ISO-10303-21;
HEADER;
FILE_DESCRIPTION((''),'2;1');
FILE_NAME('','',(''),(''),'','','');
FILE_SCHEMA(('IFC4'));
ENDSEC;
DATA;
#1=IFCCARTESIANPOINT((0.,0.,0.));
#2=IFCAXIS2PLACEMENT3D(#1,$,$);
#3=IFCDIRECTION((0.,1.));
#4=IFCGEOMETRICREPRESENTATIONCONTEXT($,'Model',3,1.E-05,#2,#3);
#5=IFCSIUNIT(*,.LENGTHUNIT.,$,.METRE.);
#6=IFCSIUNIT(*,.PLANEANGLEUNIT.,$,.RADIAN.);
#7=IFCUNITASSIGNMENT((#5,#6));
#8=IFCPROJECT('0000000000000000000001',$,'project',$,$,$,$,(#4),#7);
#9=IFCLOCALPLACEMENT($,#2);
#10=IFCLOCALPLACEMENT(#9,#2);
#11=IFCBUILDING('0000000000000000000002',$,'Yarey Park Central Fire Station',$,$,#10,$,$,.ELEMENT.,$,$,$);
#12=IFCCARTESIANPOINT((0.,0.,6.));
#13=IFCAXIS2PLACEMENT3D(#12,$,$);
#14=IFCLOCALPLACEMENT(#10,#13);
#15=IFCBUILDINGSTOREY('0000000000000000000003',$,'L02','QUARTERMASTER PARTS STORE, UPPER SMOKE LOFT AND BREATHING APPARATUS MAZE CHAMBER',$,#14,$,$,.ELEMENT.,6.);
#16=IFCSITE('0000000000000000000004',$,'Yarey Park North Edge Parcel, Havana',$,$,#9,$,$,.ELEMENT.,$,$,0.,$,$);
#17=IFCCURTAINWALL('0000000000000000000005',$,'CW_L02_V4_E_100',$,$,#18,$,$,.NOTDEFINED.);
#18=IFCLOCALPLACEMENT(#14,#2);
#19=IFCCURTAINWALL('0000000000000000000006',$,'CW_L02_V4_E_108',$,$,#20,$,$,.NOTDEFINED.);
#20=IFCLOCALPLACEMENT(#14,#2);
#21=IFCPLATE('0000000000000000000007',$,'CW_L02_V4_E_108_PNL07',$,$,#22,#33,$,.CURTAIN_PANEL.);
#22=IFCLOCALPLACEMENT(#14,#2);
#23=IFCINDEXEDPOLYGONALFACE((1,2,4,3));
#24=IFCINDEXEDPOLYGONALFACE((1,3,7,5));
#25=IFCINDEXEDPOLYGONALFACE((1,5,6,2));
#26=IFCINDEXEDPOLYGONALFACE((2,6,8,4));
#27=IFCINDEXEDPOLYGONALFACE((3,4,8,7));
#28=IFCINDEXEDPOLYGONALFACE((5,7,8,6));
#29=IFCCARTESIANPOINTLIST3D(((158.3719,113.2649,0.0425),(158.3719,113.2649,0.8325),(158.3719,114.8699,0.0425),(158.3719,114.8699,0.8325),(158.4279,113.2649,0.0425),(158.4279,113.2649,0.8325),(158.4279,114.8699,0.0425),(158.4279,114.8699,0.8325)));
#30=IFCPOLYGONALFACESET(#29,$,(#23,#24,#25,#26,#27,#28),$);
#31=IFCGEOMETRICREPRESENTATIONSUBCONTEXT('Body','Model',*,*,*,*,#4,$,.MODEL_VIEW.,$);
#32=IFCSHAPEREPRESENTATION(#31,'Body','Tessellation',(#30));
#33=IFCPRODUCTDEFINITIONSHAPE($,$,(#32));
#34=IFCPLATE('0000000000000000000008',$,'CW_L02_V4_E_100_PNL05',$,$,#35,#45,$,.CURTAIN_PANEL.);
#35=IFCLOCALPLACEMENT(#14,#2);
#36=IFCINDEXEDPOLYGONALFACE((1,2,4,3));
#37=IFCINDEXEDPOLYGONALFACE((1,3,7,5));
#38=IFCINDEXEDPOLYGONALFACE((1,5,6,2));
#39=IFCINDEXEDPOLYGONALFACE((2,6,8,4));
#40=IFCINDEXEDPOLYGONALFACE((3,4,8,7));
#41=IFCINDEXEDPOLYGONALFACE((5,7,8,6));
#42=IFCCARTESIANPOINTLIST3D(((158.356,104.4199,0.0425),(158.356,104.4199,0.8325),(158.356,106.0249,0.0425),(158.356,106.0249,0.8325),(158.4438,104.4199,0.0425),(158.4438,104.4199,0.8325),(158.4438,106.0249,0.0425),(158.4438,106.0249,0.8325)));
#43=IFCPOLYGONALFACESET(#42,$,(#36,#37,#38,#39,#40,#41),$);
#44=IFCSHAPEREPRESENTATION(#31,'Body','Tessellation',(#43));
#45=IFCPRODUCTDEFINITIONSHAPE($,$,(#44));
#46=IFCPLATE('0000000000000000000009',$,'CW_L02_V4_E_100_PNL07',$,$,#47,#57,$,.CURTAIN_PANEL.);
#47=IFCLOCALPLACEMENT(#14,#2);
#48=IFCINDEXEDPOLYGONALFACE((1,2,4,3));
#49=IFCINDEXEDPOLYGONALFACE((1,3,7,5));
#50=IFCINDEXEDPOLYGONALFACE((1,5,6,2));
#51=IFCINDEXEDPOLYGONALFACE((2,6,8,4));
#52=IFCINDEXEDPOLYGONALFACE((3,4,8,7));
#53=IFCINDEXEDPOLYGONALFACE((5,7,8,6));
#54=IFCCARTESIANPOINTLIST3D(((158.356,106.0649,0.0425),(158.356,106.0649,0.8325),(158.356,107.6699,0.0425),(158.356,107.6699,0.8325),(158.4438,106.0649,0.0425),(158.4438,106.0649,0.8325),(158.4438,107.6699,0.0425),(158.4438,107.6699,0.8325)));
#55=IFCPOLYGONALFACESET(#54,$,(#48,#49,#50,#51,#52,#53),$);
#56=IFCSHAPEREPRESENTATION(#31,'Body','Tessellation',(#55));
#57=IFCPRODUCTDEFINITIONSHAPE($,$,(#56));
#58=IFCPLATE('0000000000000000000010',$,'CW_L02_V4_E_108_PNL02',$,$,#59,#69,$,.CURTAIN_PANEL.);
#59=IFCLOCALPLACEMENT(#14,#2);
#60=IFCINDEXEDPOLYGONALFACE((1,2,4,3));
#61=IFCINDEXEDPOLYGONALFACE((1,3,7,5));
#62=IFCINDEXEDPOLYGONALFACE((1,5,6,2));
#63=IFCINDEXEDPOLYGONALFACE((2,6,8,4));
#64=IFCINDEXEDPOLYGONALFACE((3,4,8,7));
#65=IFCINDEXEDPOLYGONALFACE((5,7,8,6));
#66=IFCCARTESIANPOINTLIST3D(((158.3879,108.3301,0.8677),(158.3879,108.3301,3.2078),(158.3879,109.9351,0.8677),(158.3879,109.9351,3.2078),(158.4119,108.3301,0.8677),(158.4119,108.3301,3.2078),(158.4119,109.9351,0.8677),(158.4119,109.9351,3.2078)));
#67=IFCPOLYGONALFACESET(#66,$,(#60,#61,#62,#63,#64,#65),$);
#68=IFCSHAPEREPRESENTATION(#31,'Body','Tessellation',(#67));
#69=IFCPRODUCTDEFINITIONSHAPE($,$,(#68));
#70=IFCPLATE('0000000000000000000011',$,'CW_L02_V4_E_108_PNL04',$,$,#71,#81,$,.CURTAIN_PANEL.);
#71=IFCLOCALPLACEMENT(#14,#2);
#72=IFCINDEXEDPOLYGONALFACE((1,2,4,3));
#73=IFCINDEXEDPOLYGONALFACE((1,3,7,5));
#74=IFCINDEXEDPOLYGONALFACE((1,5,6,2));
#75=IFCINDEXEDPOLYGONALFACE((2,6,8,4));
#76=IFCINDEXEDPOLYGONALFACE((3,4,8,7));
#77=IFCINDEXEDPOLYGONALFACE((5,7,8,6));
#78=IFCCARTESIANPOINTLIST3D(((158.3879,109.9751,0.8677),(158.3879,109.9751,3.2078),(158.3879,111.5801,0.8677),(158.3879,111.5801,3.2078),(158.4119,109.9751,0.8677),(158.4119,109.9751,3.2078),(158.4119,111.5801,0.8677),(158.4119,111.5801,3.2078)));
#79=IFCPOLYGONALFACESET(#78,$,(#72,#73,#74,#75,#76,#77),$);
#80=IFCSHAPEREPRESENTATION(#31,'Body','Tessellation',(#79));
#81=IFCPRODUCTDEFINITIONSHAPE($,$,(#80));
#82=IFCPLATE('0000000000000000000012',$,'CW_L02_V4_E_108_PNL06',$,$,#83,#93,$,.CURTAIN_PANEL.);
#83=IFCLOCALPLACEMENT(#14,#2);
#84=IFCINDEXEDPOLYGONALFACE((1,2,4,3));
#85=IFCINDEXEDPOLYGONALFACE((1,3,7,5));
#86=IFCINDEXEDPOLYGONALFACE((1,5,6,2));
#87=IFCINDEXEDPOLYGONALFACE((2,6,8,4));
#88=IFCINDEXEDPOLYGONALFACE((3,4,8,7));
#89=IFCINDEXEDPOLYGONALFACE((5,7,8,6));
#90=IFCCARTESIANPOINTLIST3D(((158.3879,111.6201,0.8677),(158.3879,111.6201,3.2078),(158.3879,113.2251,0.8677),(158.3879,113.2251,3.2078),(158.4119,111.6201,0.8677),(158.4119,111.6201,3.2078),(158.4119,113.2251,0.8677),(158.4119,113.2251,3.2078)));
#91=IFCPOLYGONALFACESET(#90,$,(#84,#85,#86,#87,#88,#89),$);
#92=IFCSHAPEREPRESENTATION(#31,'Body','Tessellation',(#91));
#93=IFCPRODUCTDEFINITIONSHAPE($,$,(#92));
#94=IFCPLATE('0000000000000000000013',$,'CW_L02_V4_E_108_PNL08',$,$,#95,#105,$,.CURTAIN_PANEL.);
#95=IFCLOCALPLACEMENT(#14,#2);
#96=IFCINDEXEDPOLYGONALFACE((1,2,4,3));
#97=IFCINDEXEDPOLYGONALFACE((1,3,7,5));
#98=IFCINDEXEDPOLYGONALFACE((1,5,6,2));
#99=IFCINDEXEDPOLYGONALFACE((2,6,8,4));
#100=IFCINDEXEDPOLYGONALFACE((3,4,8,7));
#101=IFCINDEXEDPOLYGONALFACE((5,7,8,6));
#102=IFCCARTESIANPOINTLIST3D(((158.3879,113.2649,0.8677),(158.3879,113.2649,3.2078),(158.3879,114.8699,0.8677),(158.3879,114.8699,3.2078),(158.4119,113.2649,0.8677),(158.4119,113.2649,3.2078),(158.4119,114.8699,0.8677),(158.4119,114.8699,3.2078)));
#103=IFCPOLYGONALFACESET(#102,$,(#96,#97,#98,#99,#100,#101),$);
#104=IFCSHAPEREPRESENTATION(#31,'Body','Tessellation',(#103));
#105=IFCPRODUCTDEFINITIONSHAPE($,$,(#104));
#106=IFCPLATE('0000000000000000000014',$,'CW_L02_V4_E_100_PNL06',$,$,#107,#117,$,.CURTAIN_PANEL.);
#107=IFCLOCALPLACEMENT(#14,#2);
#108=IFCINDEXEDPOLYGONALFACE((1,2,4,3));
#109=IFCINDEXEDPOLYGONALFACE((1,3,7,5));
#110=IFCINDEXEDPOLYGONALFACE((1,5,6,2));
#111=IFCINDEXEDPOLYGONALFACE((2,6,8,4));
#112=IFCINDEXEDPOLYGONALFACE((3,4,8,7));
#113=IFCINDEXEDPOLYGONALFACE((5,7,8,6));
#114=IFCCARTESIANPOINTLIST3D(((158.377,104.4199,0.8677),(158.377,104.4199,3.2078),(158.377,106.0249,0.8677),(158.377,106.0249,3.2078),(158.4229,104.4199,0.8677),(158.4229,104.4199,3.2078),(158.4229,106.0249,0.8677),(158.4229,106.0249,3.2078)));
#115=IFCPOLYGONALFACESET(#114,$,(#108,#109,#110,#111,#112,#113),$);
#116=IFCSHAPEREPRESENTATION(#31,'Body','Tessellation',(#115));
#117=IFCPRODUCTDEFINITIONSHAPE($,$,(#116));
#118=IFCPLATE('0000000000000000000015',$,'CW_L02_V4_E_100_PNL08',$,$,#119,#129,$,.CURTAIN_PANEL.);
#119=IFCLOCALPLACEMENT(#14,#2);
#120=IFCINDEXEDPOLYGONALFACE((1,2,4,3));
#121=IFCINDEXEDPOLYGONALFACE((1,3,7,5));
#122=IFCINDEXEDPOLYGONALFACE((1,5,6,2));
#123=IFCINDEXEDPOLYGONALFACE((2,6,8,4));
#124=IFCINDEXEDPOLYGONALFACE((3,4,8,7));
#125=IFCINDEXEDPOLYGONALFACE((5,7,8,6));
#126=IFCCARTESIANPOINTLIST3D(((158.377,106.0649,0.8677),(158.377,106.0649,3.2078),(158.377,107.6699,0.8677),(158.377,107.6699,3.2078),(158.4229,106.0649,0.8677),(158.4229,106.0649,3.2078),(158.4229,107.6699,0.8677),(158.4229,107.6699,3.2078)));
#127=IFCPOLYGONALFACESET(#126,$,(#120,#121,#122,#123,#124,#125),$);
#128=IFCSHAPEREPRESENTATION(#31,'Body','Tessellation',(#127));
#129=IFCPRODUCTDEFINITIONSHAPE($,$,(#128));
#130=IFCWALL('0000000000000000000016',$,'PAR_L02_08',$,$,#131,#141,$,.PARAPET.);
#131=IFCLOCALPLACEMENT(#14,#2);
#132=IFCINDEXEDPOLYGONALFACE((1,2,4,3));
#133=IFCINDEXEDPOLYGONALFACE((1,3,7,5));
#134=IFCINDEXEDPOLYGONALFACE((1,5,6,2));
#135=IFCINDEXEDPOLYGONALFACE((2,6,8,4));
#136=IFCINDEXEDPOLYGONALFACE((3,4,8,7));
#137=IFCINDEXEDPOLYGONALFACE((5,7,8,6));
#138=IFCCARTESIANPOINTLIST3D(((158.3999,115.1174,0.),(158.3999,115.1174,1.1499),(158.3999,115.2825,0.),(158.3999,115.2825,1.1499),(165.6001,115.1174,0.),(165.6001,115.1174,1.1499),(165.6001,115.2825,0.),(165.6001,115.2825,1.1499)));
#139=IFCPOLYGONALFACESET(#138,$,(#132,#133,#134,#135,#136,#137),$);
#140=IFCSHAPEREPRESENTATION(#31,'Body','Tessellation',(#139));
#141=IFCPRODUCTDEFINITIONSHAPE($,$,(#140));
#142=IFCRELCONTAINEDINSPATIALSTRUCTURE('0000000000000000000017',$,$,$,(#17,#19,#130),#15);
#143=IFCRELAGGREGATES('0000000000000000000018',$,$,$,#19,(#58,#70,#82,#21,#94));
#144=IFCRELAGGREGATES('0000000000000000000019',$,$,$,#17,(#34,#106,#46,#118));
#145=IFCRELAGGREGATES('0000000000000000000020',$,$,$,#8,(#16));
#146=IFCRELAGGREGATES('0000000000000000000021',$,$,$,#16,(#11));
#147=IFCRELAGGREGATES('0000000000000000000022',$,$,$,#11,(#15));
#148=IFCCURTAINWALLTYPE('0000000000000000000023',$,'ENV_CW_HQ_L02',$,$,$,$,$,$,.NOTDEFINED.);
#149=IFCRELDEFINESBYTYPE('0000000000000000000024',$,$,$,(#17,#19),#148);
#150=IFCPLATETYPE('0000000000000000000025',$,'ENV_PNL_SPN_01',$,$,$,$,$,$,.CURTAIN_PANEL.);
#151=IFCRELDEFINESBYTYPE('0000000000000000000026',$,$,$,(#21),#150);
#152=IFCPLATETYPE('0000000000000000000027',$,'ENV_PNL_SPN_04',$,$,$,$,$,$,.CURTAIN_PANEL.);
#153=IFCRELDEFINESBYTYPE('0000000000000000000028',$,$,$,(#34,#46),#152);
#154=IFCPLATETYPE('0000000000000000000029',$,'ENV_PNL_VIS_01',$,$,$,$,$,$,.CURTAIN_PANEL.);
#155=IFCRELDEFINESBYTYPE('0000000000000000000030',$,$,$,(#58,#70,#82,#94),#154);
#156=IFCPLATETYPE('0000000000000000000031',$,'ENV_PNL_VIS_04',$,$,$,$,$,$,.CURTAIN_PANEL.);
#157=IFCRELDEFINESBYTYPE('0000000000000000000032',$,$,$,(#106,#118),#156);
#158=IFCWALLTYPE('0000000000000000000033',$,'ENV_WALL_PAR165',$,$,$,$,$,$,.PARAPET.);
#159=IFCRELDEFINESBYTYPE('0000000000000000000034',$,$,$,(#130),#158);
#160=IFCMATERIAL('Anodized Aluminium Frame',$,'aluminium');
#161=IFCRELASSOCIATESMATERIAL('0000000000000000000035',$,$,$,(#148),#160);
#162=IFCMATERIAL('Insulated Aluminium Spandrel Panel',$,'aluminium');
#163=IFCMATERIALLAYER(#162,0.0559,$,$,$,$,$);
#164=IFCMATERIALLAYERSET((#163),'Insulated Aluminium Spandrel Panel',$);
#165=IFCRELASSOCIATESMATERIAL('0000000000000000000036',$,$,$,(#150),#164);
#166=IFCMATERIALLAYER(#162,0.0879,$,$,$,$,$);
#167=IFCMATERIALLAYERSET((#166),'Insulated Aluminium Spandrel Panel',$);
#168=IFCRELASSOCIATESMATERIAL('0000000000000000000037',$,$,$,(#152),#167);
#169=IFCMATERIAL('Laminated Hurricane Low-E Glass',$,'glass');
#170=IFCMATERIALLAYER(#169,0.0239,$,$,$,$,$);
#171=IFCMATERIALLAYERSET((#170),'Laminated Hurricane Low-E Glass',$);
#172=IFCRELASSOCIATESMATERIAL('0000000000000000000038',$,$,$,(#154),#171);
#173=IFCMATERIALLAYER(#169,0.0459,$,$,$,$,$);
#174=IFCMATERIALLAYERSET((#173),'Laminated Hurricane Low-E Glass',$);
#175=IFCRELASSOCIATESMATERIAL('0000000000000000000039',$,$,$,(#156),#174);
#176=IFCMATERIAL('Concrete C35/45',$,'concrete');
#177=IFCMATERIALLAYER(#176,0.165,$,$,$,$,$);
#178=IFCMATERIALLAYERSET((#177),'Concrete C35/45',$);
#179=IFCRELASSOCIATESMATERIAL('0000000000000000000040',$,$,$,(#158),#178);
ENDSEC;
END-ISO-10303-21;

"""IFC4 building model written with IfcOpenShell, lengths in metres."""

from ifc_helpers import new_model, si_unit, direction, frame, frame_2d, origin, origin_2d, place, context, subcontext, project, spatial, rectangle, extrude, material, layer, layer_set, type_object, element, aggregate, save


model = new_model("IFC4")

# Units and contexts
model_context = context("Model", 3, precision=1e-05, world=origin(), true_north=direction((0.0, 1.0)))
body_context = subcontext(model_context, "Body", "Model", "MODEL_VIEW")
ifc_project = project(units=[si_unit("LENGTHUNIT", "METRE"), si_unit("PLANEANGLEUNIT", "RADIAN")], contexts=[model_context])

# Site, building, storey
site_placement = place(None, origin())
site = spatial("IfcSite", under=ifc_project, at=site_placement, Name="Yarey Park North Edge Parcel, Havana", CompositionType="ELEMENT", RefElevation=0.0)
building_placement = place(site_placement, origin())
building = spatial("IfcBuilding", under=site, at=building_placement, Name="Yarey Park Central Fire Station", CompositionType="ELEMENT")
storey_placement = place(building_placement, frame((0.0, 0.0, 6.0)))
storey = spatial("IfcBuildingStorey", under=building, at=storey_placement, Name="L02", Description="QUARTERMASTER PARTS STORE, UPPER SMOKE LOFT AND BREATHING APPARATUS MAZE CHAMBER", CompositionType="ELEMENT", Elevation=6.0)

# Curtain walls
ifc_material_1 = material(Name="Anodized Aluminium Frame", Category="aluminium")
curtain_wall_type = type_object("IfcCurtainWallType", Name="ENV_CW_HQ_L02", PredefinedType="NOTDEFINED", material=ifc_material_1)
curtain_wall_1_placement = place(storey_placement, origin())
curtain_wall_1 = element("IfcCurtainWall", 1, at=curtain_wall_1_placement, inside=storey, type_object=curtain_wall_type, Name="CW_L02_V4_E_100", PredefinedType="NOTDEFINED")
curtain_wall_2_placement = place(storey_placement, origin())
curtain_wall_2 = element("IfcCurtainWall", 2, at=curtain_wall_2_placement, inside=storey, type_object=curtain_wall_type, Name="CW_L02_V4_E_108", PredefinedType="NOTDEFINED")

# Plates
ifc_material_2 = material(Name="Insulated Aluminium Spandrel Panel", Category="aluminium")
ifc_layer_1 = layer(ifc_material_2, 0.0559)
ifc_layer_set_1 = layer_set([ifc_layer_1], Name="Insulated Aluminium Spandrel Panel")
plate_type_1 = type_object("IfcPlateType", Name="ENV_PNL_SPN_01", PredefinedType="CURTAIN_PANEL", material=ifc_layer_set_1)
plate_1_placement = place(storey_placement, frame((158.3999, 114.0674, 0.0425), z_axis=(0.0, 0.0, 1.0), x_axis=(0.0, 1.0, 0.0)))
plate_1 = element("IfcPlate", 3, at=plate_1_placement, type_object=plate_type_1, Name="CW_L02_V4_E_108_PNL07", PredefinedType="CURTAIN_PANEL", context=body_context, shape_type="SweptSolid", body=[
    extrude(rectangle(XDim=1.605, YDim=0.0559, at=origin_2d()), origin(), (0.0, 0.0, 1.0), 0.79),
])
ifc_layer_2 = layer(ifc_material_2, 0.0879)
ifc_layer_set_2 = layer_set([ifc_layer_2], Name="Insulated Aluminium Spandrel Panel")
plate_type_2 = type_object("IfcPlateType", Name="ENV_PNL_SPN_04", PredefinedType="CURTAIN_PANEL", material=ifc_layer_set_2)
plate_2_placement = place(storey_placement, frame((158.3999, 105.2224, 0.0425), z_axis=(0.0, 0.0, 1.0), x_axis=(0.0, 1.0, 0.0)))
plate_2 = element("IfcPlate", 4, at=plate_2_placement, type_object=plate_type_2, Name="CW_L02_V4_E_100_PNL05", PredefinedType="CURTAIN_PANEL", context=body_context, shape_type="SweptSolid", body=[
    extrude(rectangle(XDim=1.605, YDim=0.0879, at=origin_2d()), origin(), (0.0, 0.0, 1.0), 0.79),
])
plate_3_placement = place(storey_placement, frame((158.3999, 106.8674, 0.0425), z_axis=(0.0, 0.0, 1.0), x_axis=(0.0, 1.0, 0.0)))
plate_3 = element("IfcPlate", 5, at=plate_3_placement, type_object=plate_type_2, Name="CW_L02_V4_E_100_PNL07", PredefinedType="CURTAIN_PANEL", context=body_context, shape_type="SweptSolid", body=[
    extrude(rectangle(XDim=1.605, YDim=0.0879, at=origin_2d()), origin(), (0.0, 0.0, 1.0), 0.79),
])
ifc_material_3 = material(Name="Laminated Hurricane Low-E Glass", Category="glass")
ifc_layer_3 = layer(ifc_material_3, 0.0239)
ifc_layer_set_3 = layer_set([ifc_layer_3], Name="Laminated Hurricane Low-E Glass")
plate_type_3 = type_object("IfcPlateType", Name="ENV_PNL_VIS_01", PredefinedType="CURTAIN_PANEL", material=ifc_layer_set_3)
plate_4_placement = place(storey_placement, frame((158.3999, 109.1326, 0.8677), z_axis=(0.0, 0.0, 1.0), x_axis=(0.0, 1.0, 0.0)))
plate_4 = element("IfcPlate", 6, at=plate_4_placement, type_object=plate_type_3, Name="CW_L02_V4_E_108_PNL02", PredefinedType="CURTAIN_PANEL", context=body_context, shape_type="SweptSolid", body=[
    extrude(rectangle(XDim=1.605, YDim=0.0239, at=origin_2d()), origin(), (0.0, 0.0, 1.0), 2.3401),
])
plate_5_placement = place(storey_placement, frame((158.3999, 110.7776, 0.8677), z_axis=(0.0, 0.0, 1.0), x_axis=(0.0, 1.0, 0.0)))
plate_5 = element("IfcPlate", 7, at=plate_5_placement, type_object=plate_type_3, Name="CW_L02_V4_E_108_PNL04", PredefinedType="CURTAIN_PANEL", context=body_context, shape_type="SweptSolid", body=[
    extrude(rectangle(XDim=1.605, YDim=0.0239, at=origin_2d()), origin(), (0.0, 0.0, 1.0), 2.3401),
])
plate_6_placement = place(storey_placement, frame((158.3999, 112.4226, 0.8677), z_axis=(0.0, 0.0, 1.0), x_axis=(0.0, 1.0, 0.0)))
plate_6 = element("IfcPlate", 8, at=plate_6_placement, type_object=plate_type_3, Name="CW_L02_V4_E_108_PNL06", PredefinedType="CURTAIN_PANEL", context=body_context, shape_type="SweptSolid", body=[
    extrude(rectangle(XDim=1.605, YDim=0.0239, at=origin_2d()), origin(), (0.0, 0.0, 1.0), 2.3401),
])
plate_7_placement = place(storey_placement, frame((158.3999, 114.0674, 0.8677), z_axis=(0.0, 0.0, 1.0), x_axis=(0.0, 1.0, 0.0)))
plate_7 = element("IfcPlate", 9, at=plate_7_placement, type_object=plate_type_3, Name="CW_L02_V4_E_108_PNL08", PredefinedType="CURTAIN_PANEL", context=body_context, shape_type="SweptSolid", body=[
    extrude(rectangle(XDim=1.605, YDim=0.0239, at=origin_2d()), origin(), (0.0, 0.0, 1.0), 2.3401),
])
aggregate(curtain_wall_2, [plate_4, plate_5, plate_6, plate_1, plate_7])
ifc_layer_4 = layer(ifc_material_3, 0.0459)
ifc_layer_set_4 = layer_set([ifc_layer_4], Name="Laminated Hurricane Low-E Glass")
plate_type_4 = type_object("IfcPlateType", Name="ENV_PNL_VIS_04", PredefinedType="CURTAIN_PANEL", material=ifc_layer_set_4)
plate_8_placement = place(storey_placement, frame((158.3999, 105.2224, 0.8677), z_axis=(0.0, 0.0, 1.0), x_axis=(0.0, 1.0, 0.0)))
plate_8 = element("IfcPlate", 10, at=plate_8_placement, type_object=plate_type_4, Name="CW_L02_V4_E_100_PNL06", PredefinedType="CURTAIN_PANEL", context=body_context, shape_type="SweptSolid", body=[
    extrude(rectangle(XDim=1.605, YDim=0.0459, at=origin_2d()), origin(), (0.0, 0.0, 1.0), 2.3401),
])
plate_9_placement = place(storey_placement, frame((158.3999, 106.8674, 0.8677), z_axis=(0.0, 0.0, 1.0), x_axis=(0.0, 1.0, 0.0)))
plate_9 = element("IfcPlate", 11, at=plate_9_placement, type_object=plate_type_4, Name="CW_L02_V4_E_100_PNL08", PredefinedType="CURTAIN_PANEL", context=body_context, shape_type="SweptSolid", body=[
    extrude(rectangle(XDim=1.605, YDim=0.0459, at=origin_2d()), origin(), (0.0, 0.0, 1.0), 2.3401),
])
aggregate(curtain_wall_1, [plate_2, plate_8, plate_3, plate_9])

# Wall
ifc_material_4 = material(Name="Concrete C35/45", Category="concrete")
ifc_layer_5 = layer(ifc_material_4, 0.165)
ifc_layer_set_5 = layer_set([ifc_layer_5], Name="Concrete C35/45")
wall_type = type_object("IfcWallType", Name="ENV_WALL_PAR165", PredefinedType="PARAPET", material=ifc_layer_set_5)
wall_placement = place(storey_placement, frame((165.6001, 115.2, 0.0), z_axis=(0.0, 0.0, 1.0), x_axis=(-1.0, 0.0, 0.0)))
element("IfcWall", 12, at=wall_placement, inside=storey, type_object=wall_type, Name="PAR_L02_08", PredefinedType="PARAPET", context=body_context, shape_type="SweptSolid", body=[
    extrude(rectangle(XDim=7.2002, YDim=0.165, at=frame_2d((3.6001, 0.0))), origin(), (0.0, 0.0, 1.0), 1.1499),
])

save(model, "model.ifc")
